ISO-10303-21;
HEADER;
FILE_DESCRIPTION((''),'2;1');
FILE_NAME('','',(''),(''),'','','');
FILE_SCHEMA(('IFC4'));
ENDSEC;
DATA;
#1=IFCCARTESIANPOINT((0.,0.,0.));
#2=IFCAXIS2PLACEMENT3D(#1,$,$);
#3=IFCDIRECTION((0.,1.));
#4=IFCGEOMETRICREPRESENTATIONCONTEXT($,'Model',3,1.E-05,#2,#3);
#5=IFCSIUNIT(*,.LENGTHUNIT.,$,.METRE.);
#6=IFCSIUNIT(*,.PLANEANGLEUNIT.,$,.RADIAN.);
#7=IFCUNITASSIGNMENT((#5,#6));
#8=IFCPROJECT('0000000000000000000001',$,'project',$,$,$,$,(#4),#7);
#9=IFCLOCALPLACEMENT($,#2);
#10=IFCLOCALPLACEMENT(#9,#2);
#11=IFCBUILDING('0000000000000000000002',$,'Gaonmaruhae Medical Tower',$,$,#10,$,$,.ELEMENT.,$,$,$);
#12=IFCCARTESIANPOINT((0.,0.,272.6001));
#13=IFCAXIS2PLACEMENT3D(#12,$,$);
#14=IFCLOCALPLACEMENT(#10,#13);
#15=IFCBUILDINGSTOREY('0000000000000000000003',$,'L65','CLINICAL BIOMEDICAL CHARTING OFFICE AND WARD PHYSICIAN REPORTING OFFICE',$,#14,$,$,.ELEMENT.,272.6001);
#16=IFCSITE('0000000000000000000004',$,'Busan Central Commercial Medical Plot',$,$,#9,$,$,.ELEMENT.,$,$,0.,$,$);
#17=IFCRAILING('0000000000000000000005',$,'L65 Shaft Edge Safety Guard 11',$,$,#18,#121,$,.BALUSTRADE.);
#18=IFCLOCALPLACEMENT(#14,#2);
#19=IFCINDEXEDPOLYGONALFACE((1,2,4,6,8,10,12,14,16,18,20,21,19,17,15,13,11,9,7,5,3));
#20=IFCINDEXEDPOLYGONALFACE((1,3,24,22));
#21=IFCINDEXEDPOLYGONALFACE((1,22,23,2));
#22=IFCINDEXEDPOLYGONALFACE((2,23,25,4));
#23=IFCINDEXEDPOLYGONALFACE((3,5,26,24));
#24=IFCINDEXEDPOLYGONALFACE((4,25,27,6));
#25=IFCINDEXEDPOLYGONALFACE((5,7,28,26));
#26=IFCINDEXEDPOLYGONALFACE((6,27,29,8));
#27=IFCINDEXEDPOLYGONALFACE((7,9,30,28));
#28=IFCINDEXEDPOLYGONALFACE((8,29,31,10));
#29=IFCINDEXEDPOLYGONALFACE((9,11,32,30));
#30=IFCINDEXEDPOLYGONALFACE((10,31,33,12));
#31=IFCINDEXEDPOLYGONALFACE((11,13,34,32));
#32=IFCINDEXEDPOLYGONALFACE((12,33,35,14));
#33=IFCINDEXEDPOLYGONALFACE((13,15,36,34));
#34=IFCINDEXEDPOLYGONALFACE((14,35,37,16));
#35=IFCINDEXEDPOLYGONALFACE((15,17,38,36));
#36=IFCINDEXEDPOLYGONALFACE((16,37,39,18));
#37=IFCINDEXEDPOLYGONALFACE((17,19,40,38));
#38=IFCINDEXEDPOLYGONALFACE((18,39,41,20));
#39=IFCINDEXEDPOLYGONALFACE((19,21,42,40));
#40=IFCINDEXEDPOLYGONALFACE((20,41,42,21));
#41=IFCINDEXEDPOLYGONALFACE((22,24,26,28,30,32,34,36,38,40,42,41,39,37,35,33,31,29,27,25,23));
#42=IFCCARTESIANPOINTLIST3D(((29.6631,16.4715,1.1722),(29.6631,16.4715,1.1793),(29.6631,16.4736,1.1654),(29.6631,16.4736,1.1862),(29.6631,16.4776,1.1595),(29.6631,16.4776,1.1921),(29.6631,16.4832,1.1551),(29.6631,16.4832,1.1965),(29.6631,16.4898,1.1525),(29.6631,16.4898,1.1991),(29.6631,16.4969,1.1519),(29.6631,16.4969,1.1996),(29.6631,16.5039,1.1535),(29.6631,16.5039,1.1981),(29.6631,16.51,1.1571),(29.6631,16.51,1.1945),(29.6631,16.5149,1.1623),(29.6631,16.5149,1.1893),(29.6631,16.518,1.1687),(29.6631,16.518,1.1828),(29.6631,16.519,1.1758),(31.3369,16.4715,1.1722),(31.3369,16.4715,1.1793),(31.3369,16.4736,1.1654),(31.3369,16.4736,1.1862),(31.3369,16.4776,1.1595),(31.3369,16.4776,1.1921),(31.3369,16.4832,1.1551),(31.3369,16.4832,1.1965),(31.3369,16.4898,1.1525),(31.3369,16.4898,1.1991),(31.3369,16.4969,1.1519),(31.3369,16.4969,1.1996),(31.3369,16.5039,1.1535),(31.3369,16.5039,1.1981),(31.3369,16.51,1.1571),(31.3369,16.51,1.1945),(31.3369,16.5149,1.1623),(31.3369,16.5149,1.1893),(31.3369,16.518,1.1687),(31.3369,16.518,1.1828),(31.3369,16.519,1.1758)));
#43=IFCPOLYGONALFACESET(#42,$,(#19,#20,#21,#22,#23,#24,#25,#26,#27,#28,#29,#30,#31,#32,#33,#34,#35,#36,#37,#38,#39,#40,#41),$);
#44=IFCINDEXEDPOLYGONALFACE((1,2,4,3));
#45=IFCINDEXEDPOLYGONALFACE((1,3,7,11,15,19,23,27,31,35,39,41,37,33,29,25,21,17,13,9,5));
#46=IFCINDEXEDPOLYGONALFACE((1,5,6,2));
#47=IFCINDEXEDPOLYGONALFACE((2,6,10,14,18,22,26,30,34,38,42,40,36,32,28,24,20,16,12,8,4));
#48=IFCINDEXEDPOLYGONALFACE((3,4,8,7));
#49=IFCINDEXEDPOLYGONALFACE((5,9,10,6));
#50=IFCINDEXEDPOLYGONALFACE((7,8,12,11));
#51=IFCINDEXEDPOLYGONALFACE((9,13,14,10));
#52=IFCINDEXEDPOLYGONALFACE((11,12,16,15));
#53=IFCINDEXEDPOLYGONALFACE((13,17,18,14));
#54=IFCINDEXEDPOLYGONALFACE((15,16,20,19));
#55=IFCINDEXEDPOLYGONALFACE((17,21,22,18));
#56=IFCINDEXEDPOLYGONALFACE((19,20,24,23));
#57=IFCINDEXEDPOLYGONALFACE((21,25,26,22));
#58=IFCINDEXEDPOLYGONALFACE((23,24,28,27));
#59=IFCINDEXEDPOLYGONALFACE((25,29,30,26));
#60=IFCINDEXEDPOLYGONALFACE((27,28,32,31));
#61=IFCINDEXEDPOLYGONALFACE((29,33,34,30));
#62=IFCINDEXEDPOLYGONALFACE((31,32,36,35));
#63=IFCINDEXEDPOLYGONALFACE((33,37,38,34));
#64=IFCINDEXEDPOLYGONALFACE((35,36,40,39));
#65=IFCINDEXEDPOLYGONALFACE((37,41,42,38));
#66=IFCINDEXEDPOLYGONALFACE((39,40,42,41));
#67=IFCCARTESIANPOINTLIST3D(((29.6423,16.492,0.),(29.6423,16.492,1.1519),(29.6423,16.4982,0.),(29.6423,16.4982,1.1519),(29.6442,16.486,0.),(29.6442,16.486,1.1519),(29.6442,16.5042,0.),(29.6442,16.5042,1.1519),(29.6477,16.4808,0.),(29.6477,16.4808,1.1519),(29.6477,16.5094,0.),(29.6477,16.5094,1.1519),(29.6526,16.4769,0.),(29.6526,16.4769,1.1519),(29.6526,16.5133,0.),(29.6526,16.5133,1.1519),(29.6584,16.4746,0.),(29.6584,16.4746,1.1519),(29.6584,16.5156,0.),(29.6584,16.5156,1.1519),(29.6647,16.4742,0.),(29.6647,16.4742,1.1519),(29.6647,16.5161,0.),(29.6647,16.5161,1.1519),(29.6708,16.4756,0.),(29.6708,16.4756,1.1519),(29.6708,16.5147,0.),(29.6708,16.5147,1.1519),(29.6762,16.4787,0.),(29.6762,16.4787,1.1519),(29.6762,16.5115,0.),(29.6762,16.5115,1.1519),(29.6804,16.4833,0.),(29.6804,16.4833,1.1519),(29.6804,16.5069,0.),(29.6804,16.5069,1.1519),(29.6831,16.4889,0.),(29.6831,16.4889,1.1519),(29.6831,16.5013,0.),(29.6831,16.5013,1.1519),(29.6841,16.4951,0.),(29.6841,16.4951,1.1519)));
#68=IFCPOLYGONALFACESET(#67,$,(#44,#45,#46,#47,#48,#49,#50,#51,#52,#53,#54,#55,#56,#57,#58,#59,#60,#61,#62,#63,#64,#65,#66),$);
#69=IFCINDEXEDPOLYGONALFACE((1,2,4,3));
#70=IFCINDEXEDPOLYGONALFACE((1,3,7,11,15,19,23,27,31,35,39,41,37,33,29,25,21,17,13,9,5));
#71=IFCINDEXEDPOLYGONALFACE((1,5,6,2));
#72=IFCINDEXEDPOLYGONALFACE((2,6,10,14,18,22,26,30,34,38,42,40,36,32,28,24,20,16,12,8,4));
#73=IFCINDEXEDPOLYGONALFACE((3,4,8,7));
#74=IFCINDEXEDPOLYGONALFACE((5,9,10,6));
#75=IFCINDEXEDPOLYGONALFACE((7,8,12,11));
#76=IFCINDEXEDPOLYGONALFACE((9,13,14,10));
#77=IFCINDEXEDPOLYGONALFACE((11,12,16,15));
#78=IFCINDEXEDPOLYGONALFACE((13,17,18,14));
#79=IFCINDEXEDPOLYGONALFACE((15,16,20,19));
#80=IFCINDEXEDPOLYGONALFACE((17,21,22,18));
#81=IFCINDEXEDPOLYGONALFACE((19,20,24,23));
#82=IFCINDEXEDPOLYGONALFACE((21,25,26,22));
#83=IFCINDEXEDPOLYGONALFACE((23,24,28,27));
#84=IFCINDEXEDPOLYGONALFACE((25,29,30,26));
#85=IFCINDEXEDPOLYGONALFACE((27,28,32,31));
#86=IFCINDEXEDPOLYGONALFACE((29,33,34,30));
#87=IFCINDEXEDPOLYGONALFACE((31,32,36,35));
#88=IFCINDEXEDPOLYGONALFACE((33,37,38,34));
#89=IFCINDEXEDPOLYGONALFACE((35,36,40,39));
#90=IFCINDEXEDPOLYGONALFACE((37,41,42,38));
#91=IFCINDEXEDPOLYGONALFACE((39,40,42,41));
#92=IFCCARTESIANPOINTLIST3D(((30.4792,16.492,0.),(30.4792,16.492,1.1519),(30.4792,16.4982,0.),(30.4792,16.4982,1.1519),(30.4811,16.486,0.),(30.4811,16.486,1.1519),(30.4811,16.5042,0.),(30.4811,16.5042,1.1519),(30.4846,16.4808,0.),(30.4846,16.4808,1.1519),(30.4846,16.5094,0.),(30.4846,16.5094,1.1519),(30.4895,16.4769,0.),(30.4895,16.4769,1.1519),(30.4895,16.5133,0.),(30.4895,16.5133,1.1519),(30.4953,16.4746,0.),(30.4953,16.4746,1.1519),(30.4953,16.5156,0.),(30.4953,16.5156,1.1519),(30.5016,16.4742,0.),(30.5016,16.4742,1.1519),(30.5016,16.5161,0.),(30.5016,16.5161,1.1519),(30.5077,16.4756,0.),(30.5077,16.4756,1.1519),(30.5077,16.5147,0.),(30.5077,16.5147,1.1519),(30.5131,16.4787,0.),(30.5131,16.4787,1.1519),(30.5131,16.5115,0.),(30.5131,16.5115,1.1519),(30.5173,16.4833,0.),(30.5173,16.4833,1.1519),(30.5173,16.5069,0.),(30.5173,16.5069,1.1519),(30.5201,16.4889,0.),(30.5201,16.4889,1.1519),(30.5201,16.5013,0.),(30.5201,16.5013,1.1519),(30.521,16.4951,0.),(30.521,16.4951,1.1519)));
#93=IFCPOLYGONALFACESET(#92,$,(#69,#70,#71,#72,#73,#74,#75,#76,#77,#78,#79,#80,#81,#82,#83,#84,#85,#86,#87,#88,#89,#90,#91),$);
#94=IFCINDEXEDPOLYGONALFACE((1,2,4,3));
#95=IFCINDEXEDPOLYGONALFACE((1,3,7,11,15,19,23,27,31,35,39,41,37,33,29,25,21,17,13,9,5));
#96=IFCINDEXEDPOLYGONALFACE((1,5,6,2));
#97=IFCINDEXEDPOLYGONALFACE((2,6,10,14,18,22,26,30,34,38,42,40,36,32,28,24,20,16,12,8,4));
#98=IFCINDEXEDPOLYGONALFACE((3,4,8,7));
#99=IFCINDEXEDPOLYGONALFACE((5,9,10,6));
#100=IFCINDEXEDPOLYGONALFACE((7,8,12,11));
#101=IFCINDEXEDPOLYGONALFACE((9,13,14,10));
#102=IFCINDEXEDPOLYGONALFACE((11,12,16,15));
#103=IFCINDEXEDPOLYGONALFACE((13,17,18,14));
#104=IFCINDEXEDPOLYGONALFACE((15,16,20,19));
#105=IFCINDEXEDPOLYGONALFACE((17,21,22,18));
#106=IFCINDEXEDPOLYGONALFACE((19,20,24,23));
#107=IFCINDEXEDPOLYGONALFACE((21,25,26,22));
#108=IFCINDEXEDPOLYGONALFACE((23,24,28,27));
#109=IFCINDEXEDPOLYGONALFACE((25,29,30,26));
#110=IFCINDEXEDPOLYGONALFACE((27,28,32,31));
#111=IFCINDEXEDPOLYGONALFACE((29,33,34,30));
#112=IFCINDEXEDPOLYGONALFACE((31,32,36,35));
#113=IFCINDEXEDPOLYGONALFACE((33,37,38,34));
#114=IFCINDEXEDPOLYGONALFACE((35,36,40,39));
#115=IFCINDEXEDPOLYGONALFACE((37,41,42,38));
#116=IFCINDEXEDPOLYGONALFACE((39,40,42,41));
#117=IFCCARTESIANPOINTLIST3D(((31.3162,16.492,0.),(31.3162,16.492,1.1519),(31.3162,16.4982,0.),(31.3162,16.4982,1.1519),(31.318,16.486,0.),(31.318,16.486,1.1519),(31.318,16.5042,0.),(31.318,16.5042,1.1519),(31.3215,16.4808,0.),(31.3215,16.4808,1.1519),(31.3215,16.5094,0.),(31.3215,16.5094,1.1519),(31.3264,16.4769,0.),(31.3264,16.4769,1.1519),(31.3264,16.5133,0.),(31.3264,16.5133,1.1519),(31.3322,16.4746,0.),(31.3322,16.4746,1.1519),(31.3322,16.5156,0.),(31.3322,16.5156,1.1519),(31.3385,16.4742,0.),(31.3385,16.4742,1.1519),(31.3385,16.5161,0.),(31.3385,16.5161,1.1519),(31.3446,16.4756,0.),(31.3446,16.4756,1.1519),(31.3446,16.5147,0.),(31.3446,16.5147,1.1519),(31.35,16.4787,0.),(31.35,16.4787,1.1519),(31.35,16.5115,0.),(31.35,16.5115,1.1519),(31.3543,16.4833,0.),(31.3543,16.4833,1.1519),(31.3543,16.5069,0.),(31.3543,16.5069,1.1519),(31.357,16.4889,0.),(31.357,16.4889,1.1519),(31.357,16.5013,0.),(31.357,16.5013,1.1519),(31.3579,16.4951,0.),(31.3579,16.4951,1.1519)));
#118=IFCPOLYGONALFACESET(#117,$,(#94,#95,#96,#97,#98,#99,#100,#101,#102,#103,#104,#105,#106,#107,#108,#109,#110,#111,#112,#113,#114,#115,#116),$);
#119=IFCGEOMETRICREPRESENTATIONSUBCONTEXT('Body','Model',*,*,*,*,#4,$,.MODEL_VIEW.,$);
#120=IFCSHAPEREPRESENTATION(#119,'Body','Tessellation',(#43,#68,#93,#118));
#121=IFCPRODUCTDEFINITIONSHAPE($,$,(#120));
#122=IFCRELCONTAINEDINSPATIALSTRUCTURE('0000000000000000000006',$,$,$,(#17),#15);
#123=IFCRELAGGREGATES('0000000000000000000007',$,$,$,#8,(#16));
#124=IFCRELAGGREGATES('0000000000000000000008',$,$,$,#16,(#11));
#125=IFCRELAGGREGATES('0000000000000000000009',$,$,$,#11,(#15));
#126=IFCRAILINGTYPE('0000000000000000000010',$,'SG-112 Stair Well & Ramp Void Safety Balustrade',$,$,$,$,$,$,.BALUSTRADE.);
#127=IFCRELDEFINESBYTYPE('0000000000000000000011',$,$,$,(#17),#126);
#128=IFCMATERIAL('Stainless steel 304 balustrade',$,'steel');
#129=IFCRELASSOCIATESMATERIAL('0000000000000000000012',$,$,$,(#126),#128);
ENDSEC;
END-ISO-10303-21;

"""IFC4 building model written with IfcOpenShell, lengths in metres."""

from ifc_helpers import new_model, si_unit, direction, frame, origin, origin_2d, place, context, subcontext, project, spatial, circle, extrude, material, type_object, element, save


model = new_model("IFC4")

# Units and contexts
model_context = context("Model", 3, precision=1e-05, world=origin(), true_north=direction((0.0, 1.0)))
body_context = subcontext(model_context, "Body", "Model", "MODEL_VIEW")
ifc_project = project(units=[si_unit("LENGTHUNIT", "METRE"), si_unit("PLANEANGLEUNIT", "RADIAN")], contexts=[model_context])

# Site, building, storey
site_placement = place(None, origin())
site = spatial("IfcSite", under=ifc_project, at=site_placement, Name="Busan Central Commercial Medical Plot", CompositionType="ELEMENT", RefElevation=0.0)
building_placement = place(site_placement, origin())
building = spatial("IfcBuilding", under=site, at=building_placement, Name="Gaonmaruhae Medical Tower", CompositionType="ELEMENT")
storey_placement = place(building_placement, frame((0.0, 0.0, 272.6001)))
storey = spatial("IfcBuildingStorey", under=building, at=storey_placement, Name="L65", Description="CLINICAL BIOMEDICAL CHARTING OFFICE AND WARD PHYSICIAN REPORTING OFFICE", CompositionType="ELEMENT", Elevation=272.6001)

# Railing
ifc_material_1 = material(Name="Stainless steel 304 balustrade", Category="steel")
railing_type = type_object("IfcRailingType", Name="SG-112 Stair Well & Ramp Void Safety Balustrade", PredefinedType="BALUSTRADE", material=ifc_material_1)
railing_1_placement = place(storey_placement, frame((29.6631, 16.4951, 0.0)))
element("IfcRailing", 1, at=railing_1_placement, inside=storey, type_object=railing_type, Name="L65 Shaft Edge Safety Guard 11", PredefinedType="BALUSTRADE", context=body_context, shape_type="SweptSolid", body=[
    extrude(circle(Radius=0.0239, at=origin_2d()), frame((0.0, 0.0, 1.1758), z_axis=(1.0, 0.0, 0.0), x_axis=(0.0, 1.0, 0.0)), (0.0, 0.0, 1.0), 1.6738),
    extrude(circle(Radius=0.021, at=origin_2d()), origin(), (0.0, 0.0, 1.0), 1.1519),
    extrude(circle(Radius=0.021, at=origin_2d()), frame((0.8369, 0.0, 0.0)), (0.0, 0.0, 1.0), 1.1519),
    extrude(circle(Radius=0.021, at=origin_2d()), frame((1.6738, 0.0, 0.0)), (0.0, 0.0, 1.0), 1.1519),
])

save(model, "model.ifc")
